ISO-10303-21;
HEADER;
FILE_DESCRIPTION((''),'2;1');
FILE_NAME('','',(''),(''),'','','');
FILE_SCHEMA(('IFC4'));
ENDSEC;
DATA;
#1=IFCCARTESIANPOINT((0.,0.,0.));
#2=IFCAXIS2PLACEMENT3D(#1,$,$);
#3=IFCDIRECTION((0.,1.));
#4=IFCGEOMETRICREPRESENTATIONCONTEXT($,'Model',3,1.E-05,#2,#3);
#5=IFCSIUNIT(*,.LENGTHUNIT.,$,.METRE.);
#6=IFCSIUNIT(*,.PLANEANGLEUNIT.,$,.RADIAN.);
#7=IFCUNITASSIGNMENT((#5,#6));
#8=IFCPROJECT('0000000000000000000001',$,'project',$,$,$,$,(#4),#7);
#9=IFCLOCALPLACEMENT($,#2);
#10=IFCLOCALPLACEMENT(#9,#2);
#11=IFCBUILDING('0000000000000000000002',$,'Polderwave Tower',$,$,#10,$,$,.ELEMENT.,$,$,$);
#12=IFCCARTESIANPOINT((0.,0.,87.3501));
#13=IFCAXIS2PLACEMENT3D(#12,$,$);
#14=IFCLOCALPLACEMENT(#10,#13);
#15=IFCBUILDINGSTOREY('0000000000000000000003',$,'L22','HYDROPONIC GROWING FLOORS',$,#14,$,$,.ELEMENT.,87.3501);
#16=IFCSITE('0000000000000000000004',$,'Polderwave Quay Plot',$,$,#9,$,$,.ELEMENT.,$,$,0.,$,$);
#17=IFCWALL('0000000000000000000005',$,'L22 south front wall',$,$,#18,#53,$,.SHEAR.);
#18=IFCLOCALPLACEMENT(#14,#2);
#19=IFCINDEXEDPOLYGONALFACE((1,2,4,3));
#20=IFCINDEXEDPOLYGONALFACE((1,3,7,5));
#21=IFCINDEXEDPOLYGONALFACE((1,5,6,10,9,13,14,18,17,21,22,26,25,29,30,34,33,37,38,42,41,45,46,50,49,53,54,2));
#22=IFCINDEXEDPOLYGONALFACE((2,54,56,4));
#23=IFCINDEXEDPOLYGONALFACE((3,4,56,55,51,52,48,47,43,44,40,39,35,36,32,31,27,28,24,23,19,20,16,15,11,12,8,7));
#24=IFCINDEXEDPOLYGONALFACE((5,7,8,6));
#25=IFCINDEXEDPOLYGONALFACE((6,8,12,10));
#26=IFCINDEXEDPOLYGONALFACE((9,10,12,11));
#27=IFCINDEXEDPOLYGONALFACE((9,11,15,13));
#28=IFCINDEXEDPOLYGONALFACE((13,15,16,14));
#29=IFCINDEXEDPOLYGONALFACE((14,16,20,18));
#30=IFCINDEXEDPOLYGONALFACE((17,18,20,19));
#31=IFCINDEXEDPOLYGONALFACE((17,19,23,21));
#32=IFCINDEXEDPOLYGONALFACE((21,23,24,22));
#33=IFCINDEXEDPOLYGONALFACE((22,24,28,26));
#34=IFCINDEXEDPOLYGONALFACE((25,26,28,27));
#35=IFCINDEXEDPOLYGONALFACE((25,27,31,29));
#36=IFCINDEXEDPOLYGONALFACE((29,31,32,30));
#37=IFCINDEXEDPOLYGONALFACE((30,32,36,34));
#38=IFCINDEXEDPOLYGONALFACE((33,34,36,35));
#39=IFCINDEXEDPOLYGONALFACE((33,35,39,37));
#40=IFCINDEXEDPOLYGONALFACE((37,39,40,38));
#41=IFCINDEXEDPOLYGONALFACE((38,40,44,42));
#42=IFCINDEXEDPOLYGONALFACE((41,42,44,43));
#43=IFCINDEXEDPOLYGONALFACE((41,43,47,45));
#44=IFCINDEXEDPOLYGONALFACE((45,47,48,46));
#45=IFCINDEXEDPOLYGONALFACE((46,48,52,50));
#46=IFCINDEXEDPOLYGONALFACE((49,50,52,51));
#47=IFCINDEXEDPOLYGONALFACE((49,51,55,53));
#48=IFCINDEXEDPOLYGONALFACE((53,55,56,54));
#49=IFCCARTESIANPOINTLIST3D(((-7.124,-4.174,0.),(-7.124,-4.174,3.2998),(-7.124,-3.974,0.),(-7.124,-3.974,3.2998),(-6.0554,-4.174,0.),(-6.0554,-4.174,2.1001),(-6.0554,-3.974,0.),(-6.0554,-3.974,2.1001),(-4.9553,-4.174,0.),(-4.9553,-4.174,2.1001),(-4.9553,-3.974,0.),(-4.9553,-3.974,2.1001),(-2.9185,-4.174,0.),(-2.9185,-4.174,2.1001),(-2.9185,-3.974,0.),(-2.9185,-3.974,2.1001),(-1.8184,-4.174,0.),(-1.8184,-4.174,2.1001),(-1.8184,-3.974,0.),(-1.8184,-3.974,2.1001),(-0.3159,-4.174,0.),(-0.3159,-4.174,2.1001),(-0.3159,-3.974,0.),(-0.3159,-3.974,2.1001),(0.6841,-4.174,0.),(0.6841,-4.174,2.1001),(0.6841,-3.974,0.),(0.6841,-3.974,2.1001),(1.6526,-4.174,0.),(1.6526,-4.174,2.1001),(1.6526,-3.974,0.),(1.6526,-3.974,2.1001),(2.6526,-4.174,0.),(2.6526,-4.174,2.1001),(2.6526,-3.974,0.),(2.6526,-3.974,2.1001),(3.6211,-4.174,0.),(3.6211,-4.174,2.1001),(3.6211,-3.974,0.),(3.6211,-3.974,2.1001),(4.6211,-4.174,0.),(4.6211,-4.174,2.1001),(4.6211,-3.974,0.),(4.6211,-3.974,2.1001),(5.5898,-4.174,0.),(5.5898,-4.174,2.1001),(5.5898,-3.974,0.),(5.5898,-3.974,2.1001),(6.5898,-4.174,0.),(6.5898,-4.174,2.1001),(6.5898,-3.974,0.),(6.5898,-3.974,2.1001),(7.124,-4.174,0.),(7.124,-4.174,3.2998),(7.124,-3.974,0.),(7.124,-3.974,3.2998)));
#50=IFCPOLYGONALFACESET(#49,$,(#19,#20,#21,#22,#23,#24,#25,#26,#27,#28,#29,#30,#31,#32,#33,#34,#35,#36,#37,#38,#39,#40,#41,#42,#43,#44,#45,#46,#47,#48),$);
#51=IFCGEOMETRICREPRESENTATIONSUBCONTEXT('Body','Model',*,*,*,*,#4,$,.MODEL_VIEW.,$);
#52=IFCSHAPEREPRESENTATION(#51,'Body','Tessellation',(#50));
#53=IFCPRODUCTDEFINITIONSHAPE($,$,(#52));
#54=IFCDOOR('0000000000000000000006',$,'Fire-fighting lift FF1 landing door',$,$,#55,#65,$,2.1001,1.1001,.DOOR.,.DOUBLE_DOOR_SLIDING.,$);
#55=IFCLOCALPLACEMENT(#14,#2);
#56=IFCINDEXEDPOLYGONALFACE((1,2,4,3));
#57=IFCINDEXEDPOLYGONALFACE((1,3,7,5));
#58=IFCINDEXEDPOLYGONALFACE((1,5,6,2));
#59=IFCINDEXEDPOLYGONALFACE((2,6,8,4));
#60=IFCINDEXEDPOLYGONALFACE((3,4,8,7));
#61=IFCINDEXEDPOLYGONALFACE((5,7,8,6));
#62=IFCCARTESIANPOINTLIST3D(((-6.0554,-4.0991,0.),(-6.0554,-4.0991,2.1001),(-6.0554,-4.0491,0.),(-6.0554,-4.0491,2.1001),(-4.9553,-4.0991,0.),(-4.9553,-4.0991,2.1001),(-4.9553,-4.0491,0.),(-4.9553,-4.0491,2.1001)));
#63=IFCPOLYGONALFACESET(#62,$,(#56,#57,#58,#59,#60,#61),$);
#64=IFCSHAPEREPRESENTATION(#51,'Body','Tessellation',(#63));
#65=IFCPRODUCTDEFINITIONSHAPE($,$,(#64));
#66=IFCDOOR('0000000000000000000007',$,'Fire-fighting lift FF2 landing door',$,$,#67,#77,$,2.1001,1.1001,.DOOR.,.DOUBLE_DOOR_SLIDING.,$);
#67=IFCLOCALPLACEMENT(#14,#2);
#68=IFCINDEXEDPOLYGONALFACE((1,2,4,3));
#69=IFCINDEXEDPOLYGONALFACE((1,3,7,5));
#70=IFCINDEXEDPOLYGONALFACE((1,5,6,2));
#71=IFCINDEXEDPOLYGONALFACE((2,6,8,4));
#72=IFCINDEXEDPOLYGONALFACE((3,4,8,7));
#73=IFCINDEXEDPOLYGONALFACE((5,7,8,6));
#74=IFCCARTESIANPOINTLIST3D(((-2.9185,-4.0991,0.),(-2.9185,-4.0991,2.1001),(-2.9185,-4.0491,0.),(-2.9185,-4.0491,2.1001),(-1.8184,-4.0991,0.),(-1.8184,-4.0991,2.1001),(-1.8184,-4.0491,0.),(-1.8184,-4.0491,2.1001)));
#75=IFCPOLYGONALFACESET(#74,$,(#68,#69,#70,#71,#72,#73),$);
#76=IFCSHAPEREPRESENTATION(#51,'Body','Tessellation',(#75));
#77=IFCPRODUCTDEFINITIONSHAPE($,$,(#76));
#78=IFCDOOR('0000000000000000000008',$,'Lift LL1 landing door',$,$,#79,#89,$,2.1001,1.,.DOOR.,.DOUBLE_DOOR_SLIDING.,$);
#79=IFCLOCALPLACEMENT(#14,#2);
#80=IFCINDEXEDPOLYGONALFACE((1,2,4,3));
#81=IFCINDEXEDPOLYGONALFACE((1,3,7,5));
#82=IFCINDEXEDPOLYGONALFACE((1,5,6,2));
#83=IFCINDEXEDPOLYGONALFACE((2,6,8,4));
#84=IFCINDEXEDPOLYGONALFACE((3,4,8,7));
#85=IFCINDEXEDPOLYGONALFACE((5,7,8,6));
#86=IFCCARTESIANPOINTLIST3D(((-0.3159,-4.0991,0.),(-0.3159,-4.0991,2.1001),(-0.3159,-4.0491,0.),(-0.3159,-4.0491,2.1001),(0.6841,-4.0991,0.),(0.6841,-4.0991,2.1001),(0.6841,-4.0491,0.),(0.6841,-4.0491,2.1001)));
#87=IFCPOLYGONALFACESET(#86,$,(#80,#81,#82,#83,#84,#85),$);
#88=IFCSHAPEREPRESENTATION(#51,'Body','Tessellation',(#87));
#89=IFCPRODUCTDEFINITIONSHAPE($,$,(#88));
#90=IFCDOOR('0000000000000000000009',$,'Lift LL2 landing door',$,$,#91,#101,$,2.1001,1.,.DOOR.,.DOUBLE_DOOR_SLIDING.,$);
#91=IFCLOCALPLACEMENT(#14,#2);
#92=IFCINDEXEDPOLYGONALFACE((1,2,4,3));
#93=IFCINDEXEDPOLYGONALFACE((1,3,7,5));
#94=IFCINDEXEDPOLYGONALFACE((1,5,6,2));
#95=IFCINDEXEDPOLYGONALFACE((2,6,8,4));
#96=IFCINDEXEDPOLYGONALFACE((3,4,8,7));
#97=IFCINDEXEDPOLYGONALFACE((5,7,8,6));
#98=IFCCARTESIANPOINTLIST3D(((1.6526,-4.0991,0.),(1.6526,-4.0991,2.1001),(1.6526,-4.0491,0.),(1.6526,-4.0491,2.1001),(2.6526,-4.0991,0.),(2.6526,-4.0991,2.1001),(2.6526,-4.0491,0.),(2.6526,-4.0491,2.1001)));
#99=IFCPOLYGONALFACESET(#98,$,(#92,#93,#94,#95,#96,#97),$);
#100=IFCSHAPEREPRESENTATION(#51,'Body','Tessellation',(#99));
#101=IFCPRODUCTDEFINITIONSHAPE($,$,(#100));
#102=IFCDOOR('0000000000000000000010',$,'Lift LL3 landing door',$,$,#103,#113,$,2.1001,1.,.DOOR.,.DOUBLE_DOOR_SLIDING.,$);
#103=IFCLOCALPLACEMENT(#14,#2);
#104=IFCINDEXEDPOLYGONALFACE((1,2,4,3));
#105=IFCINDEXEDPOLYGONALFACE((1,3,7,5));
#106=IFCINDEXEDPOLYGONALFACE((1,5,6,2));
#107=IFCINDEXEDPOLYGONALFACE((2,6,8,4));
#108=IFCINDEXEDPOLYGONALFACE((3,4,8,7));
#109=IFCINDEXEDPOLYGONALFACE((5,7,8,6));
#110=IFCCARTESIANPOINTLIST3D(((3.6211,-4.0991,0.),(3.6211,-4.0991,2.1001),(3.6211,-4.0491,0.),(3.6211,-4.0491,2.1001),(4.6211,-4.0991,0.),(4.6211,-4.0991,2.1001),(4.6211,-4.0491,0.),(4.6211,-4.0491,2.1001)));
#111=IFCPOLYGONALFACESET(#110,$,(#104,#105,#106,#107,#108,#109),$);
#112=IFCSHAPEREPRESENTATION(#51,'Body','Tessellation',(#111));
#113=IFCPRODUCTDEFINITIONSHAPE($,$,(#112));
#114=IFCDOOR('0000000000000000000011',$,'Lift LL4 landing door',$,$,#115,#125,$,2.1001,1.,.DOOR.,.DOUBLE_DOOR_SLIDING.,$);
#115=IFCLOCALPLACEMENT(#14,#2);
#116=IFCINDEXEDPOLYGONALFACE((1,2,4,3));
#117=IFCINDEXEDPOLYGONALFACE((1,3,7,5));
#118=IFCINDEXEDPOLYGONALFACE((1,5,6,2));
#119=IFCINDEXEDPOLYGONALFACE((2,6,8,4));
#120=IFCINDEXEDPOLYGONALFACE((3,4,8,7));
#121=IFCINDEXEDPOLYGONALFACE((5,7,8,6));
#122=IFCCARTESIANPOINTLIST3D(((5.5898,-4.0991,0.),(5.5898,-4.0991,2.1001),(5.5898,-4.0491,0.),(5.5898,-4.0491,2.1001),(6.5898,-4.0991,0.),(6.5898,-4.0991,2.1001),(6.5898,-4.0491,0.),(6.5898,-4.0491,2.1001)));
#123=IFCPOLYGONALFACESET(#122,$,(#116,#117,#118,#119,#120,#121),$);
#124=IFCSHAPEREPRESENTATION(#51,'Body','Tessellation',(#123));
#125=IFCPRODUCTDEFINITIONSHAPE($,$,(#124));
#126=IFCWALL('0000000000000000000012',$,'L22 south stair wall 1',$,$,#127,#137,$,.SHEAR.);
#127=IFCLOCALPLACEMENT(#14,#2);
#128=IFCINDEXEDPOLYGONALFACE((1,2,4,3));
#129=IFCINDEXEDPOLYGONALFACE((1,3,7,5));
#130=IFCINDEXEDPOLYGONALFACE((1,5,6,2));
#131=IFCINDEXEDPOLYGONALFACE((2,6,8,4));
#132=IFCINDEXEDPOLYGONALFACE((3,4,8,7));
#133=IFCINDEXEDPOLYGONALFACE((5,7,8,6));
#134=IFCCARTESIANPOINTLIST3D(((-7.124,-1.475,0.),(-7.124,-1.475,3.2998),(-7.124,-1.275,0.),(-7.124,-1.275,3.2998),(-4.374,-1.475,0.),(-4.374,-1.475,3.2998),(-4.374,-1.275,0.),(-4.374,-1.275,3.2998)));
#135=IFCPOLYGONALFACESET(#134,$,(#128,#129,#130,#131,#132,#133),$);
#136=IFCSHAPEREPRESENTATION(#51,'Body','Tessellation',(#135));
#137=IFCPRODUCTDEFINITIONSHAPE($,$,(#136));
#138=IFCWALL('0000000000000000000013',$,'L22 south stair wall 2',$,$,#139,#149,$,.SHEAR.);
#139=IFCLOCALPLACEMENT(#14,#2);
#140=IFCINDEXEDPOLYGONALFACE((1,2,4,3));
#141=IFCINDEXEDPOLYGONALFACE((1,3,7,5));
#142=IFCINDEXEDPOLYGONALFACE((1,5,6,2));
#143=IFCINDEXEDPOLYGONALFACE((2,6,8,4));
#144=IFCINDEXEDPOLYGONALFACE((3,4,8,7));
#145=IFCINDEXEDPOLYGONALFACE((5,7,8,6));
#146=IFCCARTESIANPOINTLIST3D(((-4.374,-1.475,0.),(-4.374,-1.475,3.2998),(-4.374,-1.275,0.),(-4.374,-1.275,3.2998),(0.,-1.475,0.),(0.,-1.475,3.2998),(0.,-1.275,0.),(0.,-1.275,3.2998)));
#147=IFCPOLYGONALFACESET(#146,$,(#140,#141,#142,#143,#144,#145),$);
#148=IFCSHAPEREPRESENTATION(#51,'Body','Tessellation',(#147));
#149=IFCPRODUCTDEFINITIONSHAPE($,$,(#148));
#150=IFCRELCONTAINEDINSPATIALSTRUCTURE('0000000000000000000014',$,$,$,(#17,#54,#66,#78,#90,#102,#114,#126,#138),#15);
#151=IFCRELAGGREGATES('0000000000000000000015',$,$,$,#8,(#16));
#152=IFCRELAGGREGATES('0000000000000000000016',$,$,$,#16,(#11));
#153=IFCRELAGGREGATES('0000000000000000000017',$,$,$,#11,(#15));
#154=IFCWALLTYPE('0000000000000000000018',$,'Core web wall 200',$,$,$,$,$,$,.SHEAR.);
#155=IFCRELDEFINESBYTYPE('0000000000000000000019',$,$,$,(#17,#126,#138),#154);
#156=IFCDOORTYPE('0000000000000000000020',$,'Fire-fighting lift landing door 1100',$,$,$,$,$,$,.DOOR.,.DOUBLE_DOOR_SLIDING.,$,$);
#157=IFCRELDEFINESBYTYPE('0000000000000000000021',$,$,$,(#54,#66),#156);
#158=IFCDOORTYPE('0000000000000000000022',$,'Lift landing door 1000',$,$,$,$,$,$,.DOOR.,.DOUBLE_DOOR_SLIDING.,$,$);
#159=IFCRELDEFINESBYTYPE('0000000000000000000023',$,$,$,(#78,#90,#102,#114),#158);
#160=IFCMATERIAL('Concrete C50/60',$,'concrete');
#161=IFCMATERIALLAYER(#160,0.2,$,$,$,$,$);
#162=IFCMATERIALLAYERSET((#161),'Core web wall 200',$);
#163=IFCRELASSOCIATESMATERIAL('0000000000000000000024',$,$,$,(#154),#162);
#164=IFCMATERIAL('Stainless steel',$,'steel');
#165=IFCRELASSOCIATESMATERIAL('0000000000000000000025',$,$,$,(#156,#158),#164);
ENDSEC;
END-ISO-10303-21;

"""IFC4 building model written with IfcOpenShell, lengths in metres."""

from ifc_helpers import new_model, si_unit, direction, frame, frame_2d, origin, place, context, subcontext, project, spatial, rectangle, extrude, material, layer, layer_set, type_object, element, fill, save


model = new_model("IFC4")

# Units and contexts
model_context = context("Model", 3, precision=1e-05, world=origin(), true_north=direction((0.0, 1.0)))
body_context = subcontext(model_context, "Body", "Model", "MODEL_VIEW")
ifc_project = project(units=[si_unit("LENGTHUNIT", "METRE"), si_unit("PLANEANGLEUNIT", "RADIAN")], contexts=[model_context])

# Site, building, storey
site_placement = place(None, origin())
site = spatial("IfcSite", under=ifc_project, at=site_placement, Name="Polderwave Quay Plot", CompositionType="ELEMENT", RefElevation=0.0)
building_placement = place(site_placement, origin())
building = spatial("IfcBuilding", under=site, at=building_placement, Name="Polderwave Tower", CompositionType="ELEMENT")
storey_placement = place(building_placement, frame((0.0, 0.0, 87.3501)))
storey = spatial("IfcBuildingStorey", under=building, at=storey_placement, Name="L22", Description="HYDROPONIC GROWING FLOORS", CompositionType="ELEMENT", Elevation=87.3501)

# Wall, openings, doors
ifc_material_1 = material(Name="Concrete C50/60", Category="concrete")
ifc_layer_1 = layer(ifc_material_1, 0.2)
ifc_layer_set_1 = layer_set([ifc_layer_1], Name="Core web wall 200")
wall_type_1 = type_object("IfcWallType", Name="Core web wall 200", PredefinedType="SHEAR", material=ifc_layer_set_1)
wall_1_placement = place(storey_placement, frame((-7.124, -4.074, 0.0), z_axis=(0.0, 0.0, 1.0), x_axis=(1.0, 0.0, 0.0)))
wall_1 = element("IfcWall", 1, at=wall_1_placement, inside=storey, type_object=wall_type_1, Name="L22 south front wall", PredefinedType="SHEAR", context=body_context, shape_type="SweptSolid", body=[
    extrude(rectangle(XDim=14.248, YDim=0.2, at=frame_2d((7.124, 0.0))), origin(), (0.0, 0.0, 1.0), 3.2998),
])
opening_1_placement = place(wall_1_placement, frame((1.0686, 0.0, 0.0)))
opening_1 = element("IfcOpeningElement", 2, at=opening_1_placement, cuts=wall_1, PredefinedType="OPENING", context=body_context, shape_type="SweptSolid", body=[
    extrude(rectangle(XDim=1.1001, YDim=2.1001, at=frame_2d((0.55, 1.05))), frame((0.0, 0.1099, 0.0), z_axis=(0.0, -1.0, 0.0), x_axis=(1.0, 0.0, 0.0)), (0.0, 0.0, 1.0), 0.22),
])
opening_2_placement = place(wall_1_placement, frame((4.2056, 0.0, 0.0)))
opening_2 = element("IfcOpeningElement", 3, at=opening_2_placement, cuts=wall_1, PredefinedType="OPENING", context=body_context, shape_type="SweptSolid", body=[
    extrude(rectangle(XDim=1.1001, YDim=2.1001, at=frame_2d((0.55, 1.05))), frame((0.0, 0.1099, 0.0), z_axis=(0.0, -1.0, 0.0), x_axis=(1.0, 0.0, 0.0)), (0.0, 0.0, 1.0), 0.22),
])
opening_3_placement = place(wall_1_placement, frame((6.8081, 0.0, 0.0)))
opening_3 = element("IfcOpeningElement", 4, at=opening_3_placement, cuts=wall_1, PredefinedType="OPENING", context=body_context, shape_type="SweptSolid", body=[
    extrude(rectangle(XDim=1.0, YDim=2.1001, at=frame_2d((0.5, 1.05))), frame((0.0, 0.1099, 0.0), z_axis=(0.0, -1.0, 0.0), x_axis=(1.0, 0.0, 0.0)), (0.0, 0.0, 1.0), 0.22),
])
opening_4_placement = place(wall_1_placement, frame((8.7766, 0.0, 0.0)))
opening_4 = element("IfcOpeningElement", 5, at=opening_4_placement, cuts=wall_1, PredefinedType="OPENING", context=body_context, shape_type="SweptSolid", body=[
    extrude(rectangle(XDim=1.0, YDim=2.1001, at=frame_2d((0.5, 1.05))), frame((0.0, 0.1099, 0.0), z_axis=(0.0, -1.0, 0.0), x_axis=(1.0, 0.0, 0.0)), (0.0, 0.0, 1.0), 0.22),
])
opening_5_placement = place(wall_1_placement, frame((10.7451, 0.0, 0.0)))
opening_5 = element("IfcOpeningElement", 6, at=opening_5_placement, cuts=wall_1, PredefinedType="OPENING", context=body_context, shape_type="SweptSolid", body=[
    extrude(rectangle(XDim=1.0, YDim=2.1001, at=frame_2d((0.5, 1.05))), frame((0.0, 0.1099, 0.0), z_axis=(0.0, -1.0, 0.0), x_axis=(1.0, 0.0, 0.0)), (0.0, 0.0, 1.0), 0.22),
])
opening_6_placement = place(wall_1_placement, frame((12.7139, 0.0, 0.0)))
opening_6 = element("IfcOpeningElement", 7, at=opening_6_placement, cuts=wall_1, PredefinedType="OPENING", context=body_context, shape_type="SweptSolid", body=[
    extrude(rectangle(XDim=1.0, YDim=2.1001, at=frame_2d((0.5, 1.05))), frame((0.0, 0.1099, 0.0), z_axis=(0.0, -1.0, 0.0), x_axis=(1.0, 0.0, 0.0)), (0.0, 0.0, 1.0), 0.22),
])
ifc_material_2 = material(Name="Stainless steel", Category="steel")
door_type_1 = type_object("IfcDoorType", Name="Fire-fighting lift landing door 1100", OperationType="DOUBLE_DOOR_SLIDING", PredefinedType="DOOR", material=ifc_material_2)
door_1_placement = place(opening_1_placement, origin())
door_1 = element("IfcDoor", 8, at=door_1_placement, inside=storey, type_object=door_type_1, Name="Fire-fighting lift FF1 landing door", OperationType="DOUBLE_DOOR_SLIDING", OverallHeight=2.1001, OverallWidth=1.1001, PredefinedType="DOOR", context=body_context, shape_type="SweptSolid", body=[
    extrude(rectangle(XDim=1.1001, YDim=2.1001, at=frame_2d((0.55, 1.05))), frame((0.0, 0.0249, 0.0), z_axis=(0.0, -1.0, 0.0), x_axis=(1.0, 0.0, 0.0)), (0.0, 0.0, 1.0), 0.05),
])
fill(opening_1, door_1)
door_2_placement = place(opening_2_placement, origin())
door_2 = element("IfcDoor", 9, at=door_2_placement, inside=storey, type_object=door_type_1, Name="Fire-fighting lift FF2 landing door", OperationType="DOUBLE_DOOR_SLIDING", OverallHeight=2.1001, OverallWidth=1.1001, PredefinedType="DOOR", context=body_context, shape_type="SweptSolid", body=[
    extrude(rectangle(XDim=1.1001, YDim=2.1001, at=frame_2d((0.55, 1.05))), frame((0.0, 0.0249, 0.0), z_axis=(0.0, -1.0, 0.0), x_axis=(1.0, 0.0, 0.0)), (0.0, 0.0, 1.0), 0.05),
])
fill(opening_2, door_2)
door_type_2 = type_object("IfcDoorType", Name="Lift landing door 1000", OperationType="DOUBLE_DOOR_SLIDING", PredefinedType="DOOR", material=ifc_material_2)
door_3_placement = place(opening_3_placement, origin())
door_3 = element("IfcDoor", 10, at=door_3_placement, inside=storey, type_object=door_type_2, Name="Lift LL1 landing door", OperationType="DOUBLE_DOOR_SLIDING", OverallHeight=2.1001, OverallWidth=1.0, PredefinedType="DOOR", context=body_context, shape_type="SweptSolid", body=[
    extrude(rectangle(XDim=1.0, YDim=2.1001, at=frame_2d((0.5, 1.05))), frame((0.0, 0.0249, 0.0), z_axis=(0.0, -1.0, 0.0), x_axis=(1.0, 0.0, 0.0)), (0.0, 0.0, 1.0), 0.05),
])
fill(opening_3, door_3)
door_4_placement = place(opening_4_placement, origin())
door_4 = element("IfcDoor", 11, at=door_4_placement, inside=storey, type_object=door_type_2, Name="Lift LL2 landing door", OperationType="DOUBLE_DOOR_SLIDING", OverallHeight=2.1001, OverallWidth=1.0, PredefinedType="DOOR", context=body_context, shape_type="SweptSolid", body=[
    extrude(rectangle(XDim=1.0, YDim=2.1001, at=frame_2d((0.5, 1.05))), frame((0.0, 0.0249, 0.0), z_axis=(0.0, -1.0, 0.0), x_axis=(1.0, 0.0, 0.0)), (0.0, 0.0, 1.0), 0.05),
])
fill(opening_4, door_4)
door_5_placement = place(opening_5_placement, origin())
door_5 = element("IfcDoor", 12, at=door_5_placement, inside=storey, type_object=door_type_2, Name="Lift LL3 landing door", OperationType="DOUBLE_DOOR_SLIDING", OverallHeight=2.1001, OverallWidth=1.0, PredefinedType="DOOR", context=body_context, shape_type="SweptSolid", body=[
    extrude(rectangle(XDim=1.0, YDim=2.1001, at=frame_2d((0.5, 1.05))), frame((0.0, 0.0249, 0.0), z_axis=(0.0, -1.0, 0.0), x_axis=(1.0, 0.0, 0.0)), (0.0, 0.0, 1.0), 0.05),
])
fill(opening_5, door_5)
door_6_placement = place(opening_6_placement, origin())
door_6 = element("IfcDoor", 13, at=door_6_placement, inside=storey, type_object=door_type_2, Name="Lift LL4 landing door", OperationType="DOUBLE_DOOR_SLIDING", OverallHeight=2.1001, OverallWidth=1.0, PredefinedType="DOOR", context=body_context, shape_type="SweptSolid", body=[
    extrude(rectangle(XDim=1.0, YDim=2.1001, at=frame_2d((0.5, 1.05))), frame((0.0, 0.0249, 0.0), z_axis=(0.0, -1.0, 0.0), x_axis=(1.0, 0.0, 0.0)), (0.0, 0.0, 1.0), 0.05),
])
fill(opening_6, door_6)

# Walls
wall_2_placement = place(storey_placement, frame((-7.124, -1.375, 0.0), z_axis=(0.0, 0.0, 1.0), x_axis=(1.0, 0.0, 0.0)))
element("IfcWall", 14, at=wall_2_placement, inside=storey, type_object=wall_type_1, Name="L22 south stair wall 1", PredefinedType="SHEAR", context=body_context, shape_type="SweptSolid", body=[
    extrude(rectangle(XDim=2.75, YDim=0.2, at=frame_2d((1.375, 0.0))), origin(), (0.0, 0.0, 1.0), 3.2998),
])
wall_3_placement = place(storey_placement, frame((-4.374, -1.375, 0.0), z_axis=(0.0, 0.0, 1.0), x_axis=(1.0, 0.0, 0.0)))
element("IfcWall", 15, at=wall_3_placement, inside=storey, type_object=wall_type_1, Name="L22 south stair wall 2", PredefinedType="SHEAR", context=body_context, shape_type="SweptSolid", body=[
    extrude(rectangle(XDim=4.374, YDim=0.2, at=frame_2d((2.187, 0.0))), origin(), (0.0, 0.0, 1.0), 3.2998),
])

save(model, "model.ifc")
